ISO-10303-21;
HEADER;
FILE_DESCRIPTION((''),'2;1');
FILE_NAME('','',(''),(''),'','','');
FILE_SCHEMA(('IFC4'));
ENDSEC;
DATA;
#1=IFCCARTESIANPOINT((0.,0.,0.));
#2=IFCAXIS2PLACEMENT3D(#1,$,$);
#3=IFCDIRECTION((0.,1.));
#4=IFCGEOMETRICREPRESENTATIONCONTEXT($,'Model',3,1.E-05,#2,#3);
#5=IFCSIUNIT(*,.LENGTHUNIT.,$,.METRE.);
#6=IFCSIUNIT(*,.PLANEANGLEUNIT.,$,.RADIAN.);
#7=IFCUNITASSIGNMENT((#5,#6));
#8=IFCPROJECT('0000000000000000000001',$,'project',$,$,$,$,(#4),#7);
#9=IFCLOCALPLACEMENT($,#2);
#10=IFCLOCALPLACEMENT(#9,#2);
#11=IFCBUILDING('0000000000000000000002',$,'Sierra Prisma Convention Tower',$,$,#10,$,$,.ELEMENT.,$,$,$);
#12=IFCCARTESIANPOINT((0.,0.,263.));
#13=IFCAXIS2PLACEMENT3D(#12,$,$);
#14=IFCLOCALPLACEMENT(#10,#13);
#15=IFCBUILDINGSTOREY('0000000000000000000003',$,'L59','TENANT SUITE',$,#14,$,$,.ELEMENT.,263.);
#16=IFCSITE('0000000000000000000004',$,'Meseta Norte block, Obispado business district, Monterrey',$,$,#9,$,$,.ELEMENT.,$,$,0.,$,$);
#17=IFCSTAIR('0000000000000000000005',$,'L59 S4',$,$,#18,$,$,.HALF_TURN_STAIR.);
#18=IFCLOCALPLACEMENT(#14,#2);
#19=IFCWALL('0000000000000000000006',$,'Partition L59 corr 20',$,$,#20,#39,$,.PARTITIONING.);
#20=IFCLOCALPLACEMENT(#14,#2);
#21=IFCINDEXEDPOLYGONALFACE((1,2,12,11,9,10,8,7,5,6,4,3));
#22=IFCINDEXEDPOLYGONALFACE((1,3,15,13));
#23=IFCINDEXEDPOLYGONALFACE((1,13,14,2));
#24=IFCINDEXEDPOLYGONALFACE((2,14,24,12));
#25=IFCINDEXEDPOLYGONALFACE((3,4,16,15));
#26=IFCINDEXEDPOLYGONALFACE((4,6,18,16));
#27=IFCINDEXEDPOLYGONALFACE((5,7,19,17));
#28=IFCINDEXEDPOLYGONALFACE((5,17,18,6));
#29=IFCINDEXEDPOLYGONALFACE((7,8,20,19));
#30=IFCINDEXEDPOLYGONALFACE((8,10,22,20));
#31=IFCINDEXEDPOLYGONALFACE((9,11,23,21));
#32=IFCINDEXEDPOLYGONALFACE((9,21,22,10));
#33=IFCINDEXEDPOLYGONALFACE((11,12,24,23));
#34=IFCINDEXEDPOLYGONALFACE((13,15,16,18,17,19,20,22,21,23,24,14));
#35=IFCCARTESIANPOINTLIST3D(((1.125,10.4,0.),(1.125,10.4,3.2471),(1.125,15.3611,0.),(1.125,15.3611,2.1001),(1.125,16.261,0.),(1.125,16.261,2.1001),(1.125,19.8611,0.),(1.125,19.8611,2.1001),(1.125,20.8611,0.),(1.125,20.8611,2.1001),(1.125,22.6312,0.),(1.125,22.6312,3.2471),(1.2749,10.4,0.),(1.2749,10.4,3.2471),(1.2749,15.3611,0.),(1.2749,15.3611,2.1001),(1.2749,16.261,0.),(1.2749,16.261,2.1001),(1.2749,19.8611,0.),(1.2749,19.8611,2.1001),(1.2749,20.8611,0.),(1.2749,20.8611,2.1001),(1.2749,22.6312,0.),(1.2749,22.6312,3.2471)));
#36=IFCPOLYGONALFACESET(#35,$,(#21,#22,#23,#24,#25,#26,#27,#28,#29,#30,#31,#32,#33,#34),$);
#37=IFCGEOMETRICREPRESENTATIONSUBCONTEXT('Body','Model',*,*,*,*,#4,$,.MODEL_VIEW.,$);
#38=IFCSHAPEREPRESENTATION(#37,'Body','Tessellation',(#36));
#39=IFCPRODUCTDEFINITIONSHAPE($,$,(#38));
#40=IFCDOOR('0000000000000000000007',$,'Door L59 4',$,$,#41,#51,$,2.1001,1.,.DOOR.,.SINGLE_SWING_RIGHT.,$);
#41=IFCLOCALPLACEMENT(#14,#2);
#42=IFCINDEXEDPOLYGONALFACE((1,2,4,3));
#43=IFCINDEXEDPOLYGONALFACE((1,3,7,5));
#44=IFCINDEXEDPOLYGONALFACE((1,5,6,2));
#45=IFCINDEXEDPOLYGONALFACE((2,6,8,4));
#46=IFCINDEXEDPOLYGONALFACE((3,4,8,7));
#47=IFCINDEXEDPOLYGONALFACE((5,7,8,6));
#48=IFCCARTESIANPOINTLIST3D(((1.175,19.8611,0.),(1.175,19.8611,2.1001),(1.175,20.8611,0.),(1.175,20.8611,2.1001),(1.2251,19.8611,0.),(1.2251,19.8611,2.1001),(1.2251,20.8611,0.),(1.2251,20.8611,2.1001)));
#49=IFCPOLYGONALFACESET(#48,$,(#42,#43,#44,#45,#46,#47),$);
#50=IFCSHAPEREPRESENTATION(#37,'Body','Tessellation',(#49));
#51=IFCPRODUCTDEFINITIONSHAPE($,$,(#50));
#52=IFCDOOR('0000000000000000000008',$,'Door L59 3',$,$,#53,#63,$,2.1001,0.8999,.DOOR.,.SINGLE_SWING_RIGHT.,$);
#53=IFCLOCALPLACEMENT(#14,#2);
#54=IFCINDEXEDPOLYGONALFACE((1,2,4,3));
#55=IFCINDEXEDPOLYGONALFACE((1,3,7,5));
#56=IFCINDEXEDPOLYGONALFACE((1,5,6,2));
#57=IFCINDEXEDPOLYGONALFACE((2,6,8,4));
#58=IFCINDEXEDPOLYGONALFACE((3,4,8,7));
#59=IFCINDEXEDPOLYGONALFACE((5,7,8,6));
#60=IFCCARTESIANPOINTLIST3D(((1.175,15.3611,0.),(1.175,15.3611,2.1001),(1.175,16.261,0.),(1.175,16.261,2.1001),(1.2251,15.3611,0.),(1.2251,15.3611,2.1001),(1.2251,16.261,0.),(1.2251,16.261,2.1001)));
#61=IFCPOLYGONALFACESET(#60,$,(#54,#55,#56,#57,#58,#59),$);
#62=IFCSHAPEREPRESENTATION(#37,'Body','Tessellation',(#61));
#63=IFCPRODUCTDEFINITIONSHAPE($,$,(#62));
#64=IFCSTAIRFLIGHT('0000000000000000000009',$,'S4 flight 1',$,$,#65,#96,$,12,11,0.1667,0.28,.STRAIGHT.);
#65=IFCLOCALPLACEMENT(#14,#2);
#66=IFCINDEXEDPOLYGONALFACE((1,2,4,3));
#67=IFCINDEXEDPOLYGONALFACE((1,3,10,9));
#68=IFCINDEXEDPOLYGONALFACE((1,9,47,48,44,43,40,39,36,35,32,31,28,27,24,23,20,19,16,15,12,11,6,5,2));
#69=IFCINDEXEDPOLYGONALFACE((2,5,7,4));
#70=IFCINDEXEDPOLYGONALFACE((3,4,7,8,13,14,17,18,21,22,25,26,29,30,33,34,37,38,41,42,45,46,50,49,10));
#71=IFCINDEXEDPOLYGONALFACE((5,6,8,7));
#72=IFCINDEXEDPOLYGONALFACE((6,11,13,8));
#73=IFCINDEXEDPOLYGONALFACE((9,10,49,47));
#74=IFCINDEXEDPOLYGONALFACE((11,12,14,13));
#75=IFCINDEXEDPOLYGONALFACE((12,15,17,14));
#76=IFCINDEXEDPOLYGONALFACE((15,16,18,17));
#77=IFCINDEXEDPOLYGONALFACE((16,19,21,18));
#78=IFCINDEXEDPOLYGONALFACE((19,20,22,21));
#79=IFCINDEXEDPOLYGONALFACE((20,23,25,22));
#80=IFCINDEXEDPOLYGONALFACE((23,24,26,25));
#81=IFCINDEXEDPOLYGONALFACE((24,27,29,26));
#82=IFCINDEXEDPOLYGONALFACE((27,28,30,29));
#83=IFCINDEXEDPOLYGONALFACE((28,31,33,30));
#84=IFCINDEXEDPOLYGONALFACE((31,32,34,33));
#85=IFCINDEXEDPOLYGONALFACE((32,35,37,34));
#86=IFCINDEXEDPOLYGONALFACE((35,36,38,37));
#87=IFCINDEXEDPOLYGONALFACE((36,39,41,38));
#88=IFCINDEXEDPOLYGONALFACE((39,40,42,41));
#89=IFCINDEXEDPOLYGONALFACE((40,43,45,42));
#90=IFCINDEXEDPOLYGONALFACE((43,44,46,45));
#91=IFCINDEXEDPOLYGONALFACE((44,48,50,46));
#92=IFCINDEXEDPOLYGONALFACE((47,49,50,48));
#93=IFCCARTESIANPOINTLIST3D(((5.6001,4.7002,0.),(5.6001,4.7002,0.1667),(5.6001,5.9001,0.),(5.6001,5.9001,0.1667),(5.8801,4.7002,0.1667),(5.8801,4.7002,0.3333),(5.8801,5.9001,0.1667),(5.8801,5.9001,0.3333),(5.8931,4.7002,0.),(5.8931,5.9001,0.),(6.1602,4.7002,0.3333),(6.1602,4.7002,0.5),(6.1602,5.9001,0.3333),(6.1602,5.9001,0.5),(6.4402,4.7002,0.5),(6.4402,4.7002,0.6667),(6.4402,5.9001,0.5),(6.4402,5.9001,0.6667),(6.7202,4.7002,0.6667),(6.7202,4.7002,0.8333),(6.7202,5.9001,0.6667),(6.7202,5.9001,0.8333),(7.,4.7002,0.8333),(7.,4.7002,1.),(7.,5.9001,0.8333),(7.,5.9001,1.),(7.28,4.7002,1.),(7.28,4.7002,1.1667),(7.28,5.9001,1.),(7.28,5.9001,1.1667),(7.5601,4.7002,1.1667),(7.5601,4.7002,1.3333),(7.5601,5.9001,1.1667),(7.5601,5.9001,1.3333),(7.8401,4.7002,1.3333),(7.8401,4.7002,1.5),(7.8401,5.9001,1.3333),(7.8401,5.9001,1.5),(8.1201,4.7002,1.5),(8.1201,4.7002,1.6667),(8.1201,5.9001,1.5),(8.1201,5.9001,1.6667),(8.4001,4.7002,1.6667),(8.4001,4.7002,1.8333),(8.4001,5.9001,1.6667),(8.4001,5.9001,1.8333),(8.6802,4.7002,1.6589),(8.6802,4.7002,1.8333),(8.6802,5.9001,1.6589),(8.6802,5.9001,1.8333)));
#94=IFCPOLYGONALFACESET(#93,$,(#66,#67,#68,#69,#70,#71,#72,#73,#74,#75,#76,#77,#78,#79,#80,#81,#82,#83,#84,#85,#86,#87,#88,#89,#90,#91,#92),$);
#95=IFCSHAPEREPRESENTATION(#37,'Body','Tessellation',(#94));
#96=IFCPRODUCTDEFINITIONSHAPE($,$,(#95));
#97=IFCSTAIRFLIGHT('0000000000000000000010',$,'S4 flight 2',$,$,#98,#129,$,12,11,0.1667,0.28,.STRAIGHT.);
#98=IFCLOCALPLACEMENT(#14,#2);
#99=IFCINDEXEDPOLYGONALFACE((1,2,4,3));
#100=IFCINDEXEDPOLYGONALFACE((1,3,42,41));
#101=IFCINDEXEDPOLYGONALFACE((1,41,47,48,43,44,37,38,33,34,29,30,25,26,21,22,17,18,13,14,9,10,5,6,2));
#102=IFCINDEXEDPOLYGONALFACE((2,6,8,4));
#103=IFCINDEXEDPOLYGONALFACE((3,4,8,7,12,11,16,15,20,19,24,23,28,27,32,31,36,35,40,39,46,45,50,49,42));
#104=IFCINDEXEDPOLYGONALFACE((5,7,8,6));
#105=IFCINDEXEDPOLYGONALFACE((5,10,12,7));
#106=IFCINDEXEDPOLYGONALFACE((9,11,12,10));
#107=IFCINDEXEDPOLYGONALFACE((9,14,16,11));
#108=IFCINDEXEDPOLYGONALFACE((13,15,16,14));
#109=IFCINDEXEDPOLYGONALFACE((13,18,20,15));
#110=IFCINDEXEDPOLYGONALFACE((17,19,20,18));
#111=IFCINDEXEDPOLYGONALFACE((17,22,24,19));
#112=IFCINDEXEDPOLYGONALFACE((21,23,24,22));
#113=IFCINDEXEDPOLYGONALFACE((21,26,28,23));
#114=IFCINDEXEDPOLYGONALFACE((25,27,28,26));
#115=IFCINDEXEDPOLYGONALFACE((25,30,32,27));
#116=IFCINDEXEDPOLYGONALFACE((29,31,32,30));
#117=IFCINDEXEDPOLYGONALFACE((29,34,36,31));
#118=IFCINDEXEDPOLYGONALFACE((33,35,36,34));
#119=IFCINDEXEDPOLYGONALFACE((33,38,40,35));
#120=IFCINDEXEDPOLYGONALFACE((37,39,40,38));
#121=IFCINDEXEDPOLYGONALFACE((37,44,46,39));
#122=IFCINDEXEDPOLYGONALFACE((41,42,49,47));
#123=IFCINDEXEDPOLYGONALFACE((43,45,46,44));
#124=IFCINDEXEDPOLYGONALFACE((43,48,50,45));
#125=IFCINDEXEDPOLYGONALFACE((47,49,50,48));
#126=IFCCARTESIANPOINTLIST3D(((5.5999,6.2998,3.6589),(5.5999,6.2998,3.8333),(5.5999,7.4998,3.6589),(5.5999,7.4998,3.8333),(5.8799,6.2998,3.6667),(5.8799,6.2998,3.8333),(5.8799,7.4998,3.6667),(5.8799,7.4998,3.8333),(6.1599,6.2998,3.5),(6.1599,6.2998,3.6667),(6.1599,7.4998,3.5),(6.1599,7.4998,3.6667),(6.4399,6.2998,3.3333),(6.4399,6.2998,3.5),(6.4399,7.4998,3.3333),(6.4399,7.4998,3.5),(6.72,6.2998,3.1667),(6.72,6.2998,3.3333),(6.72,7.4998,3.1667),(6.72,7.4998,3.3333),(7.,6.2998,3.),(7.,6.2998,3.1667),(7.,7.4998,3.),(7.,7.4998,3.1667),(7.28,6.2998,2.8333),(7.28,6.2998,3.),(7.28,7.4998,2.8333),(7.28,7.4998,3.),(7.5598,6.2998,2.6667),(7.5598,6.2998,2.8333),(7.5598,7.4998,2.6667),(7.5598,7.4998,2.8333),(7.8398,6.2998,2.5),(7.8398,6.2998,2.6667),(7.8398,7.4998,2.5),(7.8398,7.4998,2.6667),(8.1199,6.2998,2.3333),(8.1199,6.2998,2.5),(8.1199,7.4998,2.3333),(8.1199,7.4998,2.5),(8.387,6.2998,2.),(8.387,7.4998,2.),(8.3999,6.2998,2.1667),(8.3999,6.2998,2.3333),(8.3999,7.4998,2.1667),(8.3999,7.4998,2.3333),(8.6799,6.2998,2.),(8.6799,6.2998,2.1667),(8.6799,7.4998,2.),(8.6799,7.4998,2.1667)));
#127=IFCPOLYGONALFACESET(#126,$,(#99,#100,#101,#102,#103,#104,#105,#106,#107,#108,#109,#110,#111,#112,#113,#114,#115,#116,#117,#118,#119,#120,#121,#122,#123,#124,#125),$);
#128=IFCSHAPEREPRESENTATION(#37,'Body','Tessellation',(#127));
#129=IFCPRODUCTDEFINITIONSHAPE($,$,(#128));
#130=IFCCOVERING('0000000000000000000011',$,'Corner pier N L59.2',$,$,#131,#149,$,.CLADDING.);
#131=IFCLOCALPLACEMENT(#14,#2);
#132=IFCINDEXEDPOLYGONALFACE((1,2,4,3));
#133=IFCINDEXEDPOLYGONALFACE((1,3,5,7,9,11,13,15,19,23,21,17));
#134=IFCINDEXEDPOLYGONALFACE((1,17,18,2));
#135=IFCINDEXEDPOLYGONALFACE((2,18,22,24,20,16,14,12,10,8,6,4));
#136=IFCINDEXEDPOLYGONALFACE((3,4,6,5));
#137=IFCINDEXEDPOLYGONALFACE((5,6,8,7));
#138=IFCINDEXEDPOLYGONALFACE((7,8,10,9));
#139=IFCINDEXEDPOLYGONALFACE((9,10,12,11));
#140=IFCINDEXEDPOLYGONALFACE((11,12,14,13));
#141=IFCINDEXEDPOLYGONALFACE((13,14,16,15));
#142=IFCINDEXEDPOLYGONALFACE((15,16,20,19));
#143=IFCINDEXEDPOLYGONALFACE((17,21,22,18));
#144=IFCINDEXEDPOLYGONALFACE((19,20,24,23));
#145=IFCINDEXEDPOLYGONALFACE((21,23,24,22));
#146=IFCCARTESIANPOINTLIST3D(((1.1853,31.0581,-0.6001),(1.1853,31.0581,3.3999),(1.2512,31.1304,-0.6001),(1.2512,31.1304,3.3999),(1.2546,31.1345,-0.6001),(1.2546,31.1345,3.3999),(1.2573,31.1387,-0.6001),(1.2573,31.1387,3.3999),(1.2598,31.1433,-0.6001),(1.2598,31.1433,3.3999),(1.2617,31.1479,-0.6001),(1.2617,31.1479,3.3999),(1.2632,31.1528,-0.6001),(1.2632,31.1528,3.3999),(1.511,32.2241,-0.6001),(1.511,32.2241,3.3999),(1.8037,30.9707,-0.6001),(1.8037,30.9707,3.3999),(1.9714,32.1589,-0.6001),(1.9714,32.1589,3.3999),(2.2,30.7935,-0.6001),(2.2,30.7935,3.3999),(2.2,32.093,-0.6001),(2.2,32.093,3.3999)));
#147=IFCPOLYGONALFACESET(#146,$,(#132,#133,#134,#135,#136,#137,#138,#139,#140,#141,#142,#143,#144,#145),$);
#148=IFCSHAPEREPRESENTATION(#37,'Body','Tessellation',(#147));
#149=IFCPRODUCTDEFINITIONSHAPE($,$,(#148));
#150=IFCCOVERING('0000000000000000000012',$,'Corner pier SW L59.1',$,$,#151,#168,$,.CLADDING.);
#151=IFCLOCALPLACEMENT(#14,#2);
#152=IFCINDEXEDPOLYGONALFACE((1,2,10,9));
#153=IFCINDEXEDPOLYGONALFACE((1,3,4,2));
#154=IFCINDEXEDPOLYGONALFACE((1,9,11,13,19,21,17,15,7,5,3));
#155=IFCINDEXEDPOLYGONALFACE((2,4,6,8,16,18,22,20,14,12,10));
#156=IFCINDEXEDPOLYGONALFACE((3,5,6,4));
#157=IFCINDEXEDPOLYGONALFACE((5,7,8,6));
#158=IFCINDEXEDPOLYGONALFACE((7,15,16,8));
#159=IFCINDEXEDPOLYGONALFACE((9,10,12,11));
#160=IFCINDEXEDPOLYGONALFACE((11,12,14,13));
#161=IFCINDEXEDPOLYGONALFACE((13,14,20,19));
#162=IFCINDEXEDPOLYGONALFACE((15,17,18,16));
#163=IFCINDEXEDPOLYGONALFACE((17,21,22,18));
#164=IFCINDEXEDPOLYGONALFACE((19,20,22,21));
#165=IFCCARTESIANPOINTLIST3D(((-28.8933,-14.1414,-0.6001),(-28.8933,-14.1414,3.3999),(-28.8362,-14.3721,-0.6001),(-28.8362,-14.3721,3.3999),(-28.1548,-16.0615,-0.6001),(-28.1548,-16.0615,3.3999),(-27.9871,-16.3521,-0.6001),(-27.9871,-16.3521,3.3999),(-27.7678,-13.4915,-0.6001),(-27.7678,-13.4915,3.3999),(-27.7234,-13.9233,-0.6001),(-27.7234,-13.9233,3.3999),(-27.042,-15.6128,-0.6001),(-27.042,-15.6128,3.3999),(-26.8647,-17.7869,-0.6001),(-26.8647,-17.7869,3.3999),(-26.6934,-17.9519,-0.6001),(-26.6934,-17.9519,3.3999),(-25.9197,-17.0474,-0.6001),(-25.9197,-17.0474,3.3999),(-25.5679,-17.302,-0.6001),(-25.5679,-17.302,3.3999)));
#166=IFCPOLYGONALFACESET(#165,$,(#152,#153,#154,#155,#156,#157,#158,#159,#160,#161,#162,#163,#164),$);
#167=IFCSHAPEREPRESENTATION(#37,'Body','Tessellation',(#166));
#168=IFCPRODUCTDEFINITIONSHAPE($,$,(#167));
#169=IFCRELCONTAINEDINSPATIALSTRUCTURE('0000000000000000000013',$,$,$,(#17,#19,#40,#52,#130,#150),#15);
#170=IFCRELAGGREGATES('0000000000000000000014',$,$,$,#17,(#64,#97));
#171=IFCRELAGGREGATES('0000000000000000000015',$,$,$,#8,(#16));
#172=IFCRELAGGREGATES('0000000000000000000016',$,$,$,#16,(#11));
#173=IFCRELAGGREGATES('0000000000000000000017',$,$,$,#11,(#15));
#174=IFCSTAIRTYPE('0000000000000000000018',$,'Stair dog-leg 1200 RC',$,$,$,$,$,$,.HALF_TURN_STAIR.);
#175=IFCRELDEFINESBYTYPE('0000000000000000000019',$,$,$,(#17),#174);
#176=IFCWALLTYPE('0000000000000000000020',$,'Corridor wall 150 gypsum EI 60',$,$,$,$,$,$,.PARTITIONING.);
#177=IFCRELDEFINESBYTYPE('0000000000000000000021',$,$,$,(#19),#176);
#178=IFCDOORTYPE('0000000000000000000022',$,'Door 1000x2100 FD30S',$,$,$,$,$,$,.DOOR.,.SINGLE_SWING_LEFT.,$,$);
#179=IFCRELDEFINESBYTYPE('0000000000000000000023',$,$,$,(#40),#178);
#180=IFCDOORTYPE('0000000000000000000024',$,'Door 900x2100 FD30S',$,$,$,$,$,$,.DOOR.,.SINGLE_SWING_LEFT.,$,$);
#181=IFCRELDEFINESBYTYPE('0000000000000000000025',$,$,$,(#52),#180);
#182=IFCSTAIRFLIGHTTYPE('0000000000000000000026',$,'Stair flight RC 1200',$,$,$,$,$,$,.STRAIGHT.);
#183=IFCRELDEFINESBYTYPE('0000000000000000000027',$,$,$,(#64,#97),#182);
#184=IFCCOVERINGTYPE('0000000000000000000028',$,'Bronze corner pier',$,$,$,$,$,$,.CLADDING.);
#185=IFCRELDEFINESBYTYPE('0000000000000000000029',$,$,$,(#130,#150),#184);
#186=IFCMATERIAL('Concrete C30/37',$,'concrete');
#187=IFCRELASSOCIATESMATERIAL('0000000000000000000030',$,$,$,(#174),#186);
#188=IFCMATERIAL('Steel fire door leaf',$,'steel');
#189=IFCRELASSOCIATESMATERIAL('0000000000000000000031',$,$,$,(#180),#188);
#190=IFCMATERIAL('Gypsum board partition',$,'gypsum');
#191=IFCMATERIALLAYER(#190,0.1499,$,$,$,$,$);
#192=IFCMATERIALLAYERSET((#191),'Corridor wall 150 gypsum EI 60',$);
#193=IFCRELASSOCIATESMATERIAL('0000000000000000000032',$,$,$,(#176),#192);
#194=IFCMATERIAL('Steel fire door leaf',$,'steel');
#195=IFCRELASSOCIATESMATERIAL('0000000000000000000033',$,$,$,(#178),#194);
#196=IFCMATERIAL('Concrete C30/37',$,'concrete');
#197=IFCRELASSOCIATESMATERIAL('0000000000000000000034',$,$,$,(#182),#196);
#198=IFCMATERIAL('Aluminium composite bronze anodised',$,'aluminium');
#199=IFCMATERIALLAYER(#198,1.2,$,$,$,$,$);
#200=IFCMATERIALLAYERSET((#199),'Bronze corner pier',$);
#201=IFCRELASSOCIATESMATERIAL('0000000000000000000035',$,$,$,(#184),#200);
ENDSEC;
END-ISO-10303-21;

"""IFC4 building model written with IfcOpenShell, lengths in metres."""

from ifc_helpers import new_model, si_unit, direction, frame, frame_2d, origin, place, context, subcontext, project, spatial, polyline, rectangle, outline, extrude, material, layer, layer_set, type_object, element, fill, aggregate, save


model = new_model("IFC4")

# Units and contexts
model_context = context("Model", 3, precision=1e-05, world=origin(), true_north=direction((0.0, 1.0)))
body_context = subcontext(model_context, "Body", "Model", "MODEL_VIEW")
ifc_project = project(units=[si_unit("LENGTHUNIT", "METRE"), si_unit("PLANEANGLEUNIT", "RADIAN")], contexts=[model_context])

# Site, building, storey
site_placement = place(None, origin())
site = spatial("IfcSite", under=ifc_project, at=site_placement, Name="Meseta Norte block, Obispado business district, Monterrey", CompositionType="ELEMENT", RefElevation=0.0)
building_placement = place(site_placement, origin())
building = spatial("IfcBuilding", under=site, at=building_placement, Name="Sierra Prisma Convention Tower", CompositionType="ELEMENT")
storey_placement = place(building_placement, frame((0.0, 0.0, 263.0)))
storey = spatial("IfcBuildingStorey", under=building, at=storey_placement, Name="L59", Description="TENANT SUITE", CompositionType="ELEMENT", Elevation=263.0)

# Shared definitions
ifc_material_1 = material(Name="Concrete C30/37", Category="concrete")
stair_type = type_object("IfcStairType", Name="Stair dog-leg 1200 RC", PredefinedType="HALF_TURN_STAIR", material=ifc_material_1)

# Stair
stair_1_placement = place(storey_placement, origin())
stair_1 = element("IfcStair", 1, at=stair_1_placement, inside=storey, type_object=stair_type, Name="L59 S4", PredefinedType="HALF_TURN_STAIR")

# Shared definitions
ifc_material_2 = material(Name="Steel fire door leaf", Category="steel")
door_type_1 = type_object("IfcDoorType", Name="Door 900x2100 FD30S", OperationType="SINGLE_SWING_LEFT", PredefinedType="DOOR", material=ifc_material_2)

# Wall, openings, doors
ifc_material_3 = material(Name="Gypsum board partition", Category="gypsum")
ifc_layer_1 = layer(ifc_material_3, 0.1499)
ifc_layer_set_1 = layer_set([ifc_layer_1], Name="Corridor wall 150 gypsum EI 60")
wall_type_1 = type_object("IfcWallType", Name="Corridor wall 150 gypsum EI 60", PredefinedType="PARTITIONING", material=ifc_layer_set_1)
wall_1_placement = place(storey_placement, frame((1.2, 10.3999, 0.0), z_axis=(0.0, 0.0, 1.0), x_axis=(0.0, 1.0, 0.0)))
wall_1 = element("IfcWall", 2, at=wall_1_placement, inside=storey, type_object=wall_type_1, Name="Partition L59 corr 20", PredefinedType="PARTITIONING", context=body_context, shape_type="SweptSolid", body=[
    extrude(rectangle(XDim=12.2312, YDim=0.1499, at=frame_2d((6.1157, 0.0))), origin(), (0.0, 0.0, 1.0), 3.2471),
])
opening_1_placement = place(wall_1_placement, frame((4.9612, 0.0, 0.0)))
opening_1 = element("IfcOpeningElement", 3, at=opening_1_placement, cuts=wall_1, PredefinedType="OPENING", context=body_context, shape_type="SweptSolid", body=[
    extrude(rectangle(XDim=0.8999, YDim=2.1001, at=frame_2d((0.45, 1.05))), frame((0.0, 0.075, 0.0), z_axis=(0.0, -1.0, 0.0), x_axis=(1.0, 0.0, 0.0)), (0.0, 0.0, 1.0), 0.1499),
])
opening_2_placement = place(wall_1_placement, frame((9.4612, 0.0, 0.0)))
opening_2 = element("IfcOpeningElement", 4, at=opening_2_placement, cuts=wall_1, PredefinedType="OPENING", context=body_context, shape_type="SweptSolid", body=[
    extrude(rectangle(XDim=1.0, YDim=2.1001, at=frame_2d((0.5, 1.05))), frame((0.0, 0.075, 0.0), z_axis=(0.0, -1.0, 0.0), x_axis=(1.0, 0.0, 0.0)), (0.0, 0.0, 1.0), 0.1499),
])
ifc_material_4 = material(Name="Steel fire door leaf", Category="steel")
door_type_2 = type_object("IfcDoorType", Name="Door 1000x2100 FD30S", OperationType="SINGLE_SWING_LEFT", PredefinedType="DOOR", material=ifc_material_4)
door_1_placement = place(opening_2_placement, origin())
door_1 = element("IfcDoor", 5, at=door_1_placement, inside=storey, type_object=door_type_2, Name="Door L59 4", OperationType="SINGLE_SWING_RIGHT", OverallHeight=2.1001, OverallWidth=1.0, PredefinedType="DOOR", context=body_context, shape_type="SweptSolid", body=[
    extrude(rectangle(XDim=1.0, YDim=2.1001, at=frame_2d((0.5, 1.05))), frame((0.0, 0.0249, 0.0), z_axis=(0.0, -1.0, 0.0), x_axis=(1.0, 0.0, 0.0)), (0.0, 0.0, 1.0), 0.05),
])
fill(opening_2, door_1)
door_2_placement = place(opening_1_placement, origin())
door_2 = element("IfcDoor", 6, at=door_2_placement, inside=storey, type_object=door_type_1, Name="Door L59 3", OperationType="SINGLE_SWING_RIGHT", OverallHeight=2.1001, OverallWidth=0.8999, PredefinedType="DOOR", context=body_context, shape_type="SweptSolid", body=[
    extrude(rectangle(XDim=0.8999, YDim=2.1001, at=frame_2d((0.45, 1.05))), frame((0.0, 0.0249, 0.0), z_axis=(0.0, -1.0, 0.0), x_axis=(1.0, 0.0, 0.0)), (0.0, 0.0, 1.0), 0.05),
])
fill(opening_1, door_2)

# Stair flights
ifc_material_5 = material(Name="Concrete C30/37", Category="concrete")
stair_flight_type = type_object("IfcStairFlightType", Name="Stair flight RC 1200", PredefinedType="STRAIGHT", material=ifc_material_5)
stair_flight_1_placement = place(storey_placement, frame((5.6001, 5.3, 0.0), z_axis=(0.0, 0.0, 1.0), x_axis=(1.0, 0.0, 0.0)))
stair_flight_1 = element("IfcStairFlight", 7, at=stair_flight_1_placement, type_object=stair_flight_type, Name="S4 flight 1", NumberOfRisers=12, NumberOfTreads=11, PredefinedType="STRAIGHT", RiserHeight=0.1667, TreadLength=0.28, context=body_context, shape_type="SweptSolid", body=[
    extrude(outline(polyline([(0.0, 0.0), (0.0, 0.1667), (0.28, 0.1667), (0.28, 0.3333), (0.5601, 0.3333), (0.5601, 0.5), (0.8401, 0.5), (0.8401, 0.6667), (1.1201, 0.6667), (1.1201, 0.8333), (1.3999, 0.8333), (1.3999, 1.0), (1.6799, 1.0), (1.6799, 1.1667), (1.96, 1.1667), (1.96, 1.3333), (2.24, 1.3333), (2.24, 1.5), (2.52, 1.5), (2.52, 1.6667), (2.8, 1.6667), (2.8, 1.8333), (3.0801, 1.8333), (3.0801, 2.0), (3.0801, 1.6589), (0.293, 0.0), (0.0, 0.0)])), frame((0.0, 0.6001, 0.0), z_axis=(0.0, -1.0, 0.0), x_axis=(1.0, 0.0, 0.0)), (0.0, 0.0, 1.0), 1.2),
])
stair_flight_2_placement = place(storey_placement, frame((8.6799, 6.8999, 2.0), z_axis=(0.0, 0.0, 1.0), x_axis=(-1.0, 0.0, 0.0)))
stair_flight_2 = element("IfcStairFlight", 8, at=stair_flight_2_placement, type_object=stair_flight_type, Name="S4 flight 2", NumberOfRisers=12, NumberOfTreads=11, PredefinedType="STRAIGHT", RiserHeight=0.1667, TreadLength=0.28, context=body_context, shape_type="SweptSolid", body=[
    extrude(outline(polyline([(0.0, 0.0), (0.0, 0.1667), (0.28, 0.1667), (0.28, 0.3333), (0.5601, 0.3333), (0.5601, 0.5), (0.8401, 0.5), (0.8401, 0.6667), (1.1201, 0.6667), (1.1201, 0.8333), (1.3999, 0.8333), (1.3999, 1.0), (1.6799, 1.0), (1.6799, 1.1667), (1.96, 1.1667), (1.96, 1.3333), (2.24, 1.3333), (2.24, 1.5), (2.52, 1.5), (2.52, 1.6667), (2.8, 1.6667), (2.8, 1.8333), (3.0801, 1.8333), (3.0801, 2.0), (3.0801, 1.6589), (0.293, 0.0), (0.0, 0.0)])), frame((0.0, 0.6001, 0.0), z_axis=(0.0, -1.0, 0.0), x_axis=(1.0, 0.0, 0.0)), (0.0, 0.0, 1.0), 1.2),
])
aggregate(stair_1, [stair_flight_1, stair_flight_2])

# Coverings
ifc_material_6 = material(Name="Aluminium composite bronze anodised", Category="aluminium")
ifc_layer_2 = layer(ifc_material_6, 1.2)
ifc_layer_set_2 = layer_set([ifc_layer_2], Name="Bronze corner pier")
covering_type = type_object("IfcCoveringType", Name="Bronze corner pier", PredefinedType="CLADDING", material=ifc_layer_set_2)
covering_1_placement = place(storey_placement, frame((0.0, 0.0, -0.6001)))
element("IfcCovering", 9, at=covering_1_placement, inside=storey, type_object=covering_type, Name="Corner pier N L59.2", PredefinedType="CLADDING", context=body_context, shape_type="SweptSolid", body=[
    extrude(outline(polyline([(1.1853, 31.0581), (1.2512, 31.1304), (1.2546, 31.1345), (1.2573, 31.1387), (1.2598, 31.1433), (1.2617, 31.1479), (1.2632, 31.1528), (1.511, 32.2241), (1.9714, 32.1589), (2.2, 32.093), (2.2, 30.7935), (1.8037, 30.9707), (1.1853, 31.0581)])), origin(), (0.0, 0.0, 1.0), 4.0),
])
covering_2_placement = place(storey_placement, frame((0.0, 0.0, -0.6001)))
element("IfcCovering", 10, at=covering_2_placement, inside=storey, type_object=covering_type, Name="Corner pier SW L59.1", PredefinedType="CLADDING", context=body_context, shape_type="SweptSolid", body=[
    extrude(outline(polyline([(-28.8933, -14.1414), (-27.7678, -13.4915), (-27.7234, -13.9233), (-27.042, -15.6128), (-25.9197, -17.0474), (-25.5679, -17.302), (-26.6934, -17.9519), (-26.8647, -17.7869), (-27.9871, -16.3521), (-28.1548, -16.0615), (-28.8362, -14.3721), (-28.8933, -14.1414)])), origin(), (0.0, 0.0, 1.0), 4.0),
])

save(model, "model.ifc")
